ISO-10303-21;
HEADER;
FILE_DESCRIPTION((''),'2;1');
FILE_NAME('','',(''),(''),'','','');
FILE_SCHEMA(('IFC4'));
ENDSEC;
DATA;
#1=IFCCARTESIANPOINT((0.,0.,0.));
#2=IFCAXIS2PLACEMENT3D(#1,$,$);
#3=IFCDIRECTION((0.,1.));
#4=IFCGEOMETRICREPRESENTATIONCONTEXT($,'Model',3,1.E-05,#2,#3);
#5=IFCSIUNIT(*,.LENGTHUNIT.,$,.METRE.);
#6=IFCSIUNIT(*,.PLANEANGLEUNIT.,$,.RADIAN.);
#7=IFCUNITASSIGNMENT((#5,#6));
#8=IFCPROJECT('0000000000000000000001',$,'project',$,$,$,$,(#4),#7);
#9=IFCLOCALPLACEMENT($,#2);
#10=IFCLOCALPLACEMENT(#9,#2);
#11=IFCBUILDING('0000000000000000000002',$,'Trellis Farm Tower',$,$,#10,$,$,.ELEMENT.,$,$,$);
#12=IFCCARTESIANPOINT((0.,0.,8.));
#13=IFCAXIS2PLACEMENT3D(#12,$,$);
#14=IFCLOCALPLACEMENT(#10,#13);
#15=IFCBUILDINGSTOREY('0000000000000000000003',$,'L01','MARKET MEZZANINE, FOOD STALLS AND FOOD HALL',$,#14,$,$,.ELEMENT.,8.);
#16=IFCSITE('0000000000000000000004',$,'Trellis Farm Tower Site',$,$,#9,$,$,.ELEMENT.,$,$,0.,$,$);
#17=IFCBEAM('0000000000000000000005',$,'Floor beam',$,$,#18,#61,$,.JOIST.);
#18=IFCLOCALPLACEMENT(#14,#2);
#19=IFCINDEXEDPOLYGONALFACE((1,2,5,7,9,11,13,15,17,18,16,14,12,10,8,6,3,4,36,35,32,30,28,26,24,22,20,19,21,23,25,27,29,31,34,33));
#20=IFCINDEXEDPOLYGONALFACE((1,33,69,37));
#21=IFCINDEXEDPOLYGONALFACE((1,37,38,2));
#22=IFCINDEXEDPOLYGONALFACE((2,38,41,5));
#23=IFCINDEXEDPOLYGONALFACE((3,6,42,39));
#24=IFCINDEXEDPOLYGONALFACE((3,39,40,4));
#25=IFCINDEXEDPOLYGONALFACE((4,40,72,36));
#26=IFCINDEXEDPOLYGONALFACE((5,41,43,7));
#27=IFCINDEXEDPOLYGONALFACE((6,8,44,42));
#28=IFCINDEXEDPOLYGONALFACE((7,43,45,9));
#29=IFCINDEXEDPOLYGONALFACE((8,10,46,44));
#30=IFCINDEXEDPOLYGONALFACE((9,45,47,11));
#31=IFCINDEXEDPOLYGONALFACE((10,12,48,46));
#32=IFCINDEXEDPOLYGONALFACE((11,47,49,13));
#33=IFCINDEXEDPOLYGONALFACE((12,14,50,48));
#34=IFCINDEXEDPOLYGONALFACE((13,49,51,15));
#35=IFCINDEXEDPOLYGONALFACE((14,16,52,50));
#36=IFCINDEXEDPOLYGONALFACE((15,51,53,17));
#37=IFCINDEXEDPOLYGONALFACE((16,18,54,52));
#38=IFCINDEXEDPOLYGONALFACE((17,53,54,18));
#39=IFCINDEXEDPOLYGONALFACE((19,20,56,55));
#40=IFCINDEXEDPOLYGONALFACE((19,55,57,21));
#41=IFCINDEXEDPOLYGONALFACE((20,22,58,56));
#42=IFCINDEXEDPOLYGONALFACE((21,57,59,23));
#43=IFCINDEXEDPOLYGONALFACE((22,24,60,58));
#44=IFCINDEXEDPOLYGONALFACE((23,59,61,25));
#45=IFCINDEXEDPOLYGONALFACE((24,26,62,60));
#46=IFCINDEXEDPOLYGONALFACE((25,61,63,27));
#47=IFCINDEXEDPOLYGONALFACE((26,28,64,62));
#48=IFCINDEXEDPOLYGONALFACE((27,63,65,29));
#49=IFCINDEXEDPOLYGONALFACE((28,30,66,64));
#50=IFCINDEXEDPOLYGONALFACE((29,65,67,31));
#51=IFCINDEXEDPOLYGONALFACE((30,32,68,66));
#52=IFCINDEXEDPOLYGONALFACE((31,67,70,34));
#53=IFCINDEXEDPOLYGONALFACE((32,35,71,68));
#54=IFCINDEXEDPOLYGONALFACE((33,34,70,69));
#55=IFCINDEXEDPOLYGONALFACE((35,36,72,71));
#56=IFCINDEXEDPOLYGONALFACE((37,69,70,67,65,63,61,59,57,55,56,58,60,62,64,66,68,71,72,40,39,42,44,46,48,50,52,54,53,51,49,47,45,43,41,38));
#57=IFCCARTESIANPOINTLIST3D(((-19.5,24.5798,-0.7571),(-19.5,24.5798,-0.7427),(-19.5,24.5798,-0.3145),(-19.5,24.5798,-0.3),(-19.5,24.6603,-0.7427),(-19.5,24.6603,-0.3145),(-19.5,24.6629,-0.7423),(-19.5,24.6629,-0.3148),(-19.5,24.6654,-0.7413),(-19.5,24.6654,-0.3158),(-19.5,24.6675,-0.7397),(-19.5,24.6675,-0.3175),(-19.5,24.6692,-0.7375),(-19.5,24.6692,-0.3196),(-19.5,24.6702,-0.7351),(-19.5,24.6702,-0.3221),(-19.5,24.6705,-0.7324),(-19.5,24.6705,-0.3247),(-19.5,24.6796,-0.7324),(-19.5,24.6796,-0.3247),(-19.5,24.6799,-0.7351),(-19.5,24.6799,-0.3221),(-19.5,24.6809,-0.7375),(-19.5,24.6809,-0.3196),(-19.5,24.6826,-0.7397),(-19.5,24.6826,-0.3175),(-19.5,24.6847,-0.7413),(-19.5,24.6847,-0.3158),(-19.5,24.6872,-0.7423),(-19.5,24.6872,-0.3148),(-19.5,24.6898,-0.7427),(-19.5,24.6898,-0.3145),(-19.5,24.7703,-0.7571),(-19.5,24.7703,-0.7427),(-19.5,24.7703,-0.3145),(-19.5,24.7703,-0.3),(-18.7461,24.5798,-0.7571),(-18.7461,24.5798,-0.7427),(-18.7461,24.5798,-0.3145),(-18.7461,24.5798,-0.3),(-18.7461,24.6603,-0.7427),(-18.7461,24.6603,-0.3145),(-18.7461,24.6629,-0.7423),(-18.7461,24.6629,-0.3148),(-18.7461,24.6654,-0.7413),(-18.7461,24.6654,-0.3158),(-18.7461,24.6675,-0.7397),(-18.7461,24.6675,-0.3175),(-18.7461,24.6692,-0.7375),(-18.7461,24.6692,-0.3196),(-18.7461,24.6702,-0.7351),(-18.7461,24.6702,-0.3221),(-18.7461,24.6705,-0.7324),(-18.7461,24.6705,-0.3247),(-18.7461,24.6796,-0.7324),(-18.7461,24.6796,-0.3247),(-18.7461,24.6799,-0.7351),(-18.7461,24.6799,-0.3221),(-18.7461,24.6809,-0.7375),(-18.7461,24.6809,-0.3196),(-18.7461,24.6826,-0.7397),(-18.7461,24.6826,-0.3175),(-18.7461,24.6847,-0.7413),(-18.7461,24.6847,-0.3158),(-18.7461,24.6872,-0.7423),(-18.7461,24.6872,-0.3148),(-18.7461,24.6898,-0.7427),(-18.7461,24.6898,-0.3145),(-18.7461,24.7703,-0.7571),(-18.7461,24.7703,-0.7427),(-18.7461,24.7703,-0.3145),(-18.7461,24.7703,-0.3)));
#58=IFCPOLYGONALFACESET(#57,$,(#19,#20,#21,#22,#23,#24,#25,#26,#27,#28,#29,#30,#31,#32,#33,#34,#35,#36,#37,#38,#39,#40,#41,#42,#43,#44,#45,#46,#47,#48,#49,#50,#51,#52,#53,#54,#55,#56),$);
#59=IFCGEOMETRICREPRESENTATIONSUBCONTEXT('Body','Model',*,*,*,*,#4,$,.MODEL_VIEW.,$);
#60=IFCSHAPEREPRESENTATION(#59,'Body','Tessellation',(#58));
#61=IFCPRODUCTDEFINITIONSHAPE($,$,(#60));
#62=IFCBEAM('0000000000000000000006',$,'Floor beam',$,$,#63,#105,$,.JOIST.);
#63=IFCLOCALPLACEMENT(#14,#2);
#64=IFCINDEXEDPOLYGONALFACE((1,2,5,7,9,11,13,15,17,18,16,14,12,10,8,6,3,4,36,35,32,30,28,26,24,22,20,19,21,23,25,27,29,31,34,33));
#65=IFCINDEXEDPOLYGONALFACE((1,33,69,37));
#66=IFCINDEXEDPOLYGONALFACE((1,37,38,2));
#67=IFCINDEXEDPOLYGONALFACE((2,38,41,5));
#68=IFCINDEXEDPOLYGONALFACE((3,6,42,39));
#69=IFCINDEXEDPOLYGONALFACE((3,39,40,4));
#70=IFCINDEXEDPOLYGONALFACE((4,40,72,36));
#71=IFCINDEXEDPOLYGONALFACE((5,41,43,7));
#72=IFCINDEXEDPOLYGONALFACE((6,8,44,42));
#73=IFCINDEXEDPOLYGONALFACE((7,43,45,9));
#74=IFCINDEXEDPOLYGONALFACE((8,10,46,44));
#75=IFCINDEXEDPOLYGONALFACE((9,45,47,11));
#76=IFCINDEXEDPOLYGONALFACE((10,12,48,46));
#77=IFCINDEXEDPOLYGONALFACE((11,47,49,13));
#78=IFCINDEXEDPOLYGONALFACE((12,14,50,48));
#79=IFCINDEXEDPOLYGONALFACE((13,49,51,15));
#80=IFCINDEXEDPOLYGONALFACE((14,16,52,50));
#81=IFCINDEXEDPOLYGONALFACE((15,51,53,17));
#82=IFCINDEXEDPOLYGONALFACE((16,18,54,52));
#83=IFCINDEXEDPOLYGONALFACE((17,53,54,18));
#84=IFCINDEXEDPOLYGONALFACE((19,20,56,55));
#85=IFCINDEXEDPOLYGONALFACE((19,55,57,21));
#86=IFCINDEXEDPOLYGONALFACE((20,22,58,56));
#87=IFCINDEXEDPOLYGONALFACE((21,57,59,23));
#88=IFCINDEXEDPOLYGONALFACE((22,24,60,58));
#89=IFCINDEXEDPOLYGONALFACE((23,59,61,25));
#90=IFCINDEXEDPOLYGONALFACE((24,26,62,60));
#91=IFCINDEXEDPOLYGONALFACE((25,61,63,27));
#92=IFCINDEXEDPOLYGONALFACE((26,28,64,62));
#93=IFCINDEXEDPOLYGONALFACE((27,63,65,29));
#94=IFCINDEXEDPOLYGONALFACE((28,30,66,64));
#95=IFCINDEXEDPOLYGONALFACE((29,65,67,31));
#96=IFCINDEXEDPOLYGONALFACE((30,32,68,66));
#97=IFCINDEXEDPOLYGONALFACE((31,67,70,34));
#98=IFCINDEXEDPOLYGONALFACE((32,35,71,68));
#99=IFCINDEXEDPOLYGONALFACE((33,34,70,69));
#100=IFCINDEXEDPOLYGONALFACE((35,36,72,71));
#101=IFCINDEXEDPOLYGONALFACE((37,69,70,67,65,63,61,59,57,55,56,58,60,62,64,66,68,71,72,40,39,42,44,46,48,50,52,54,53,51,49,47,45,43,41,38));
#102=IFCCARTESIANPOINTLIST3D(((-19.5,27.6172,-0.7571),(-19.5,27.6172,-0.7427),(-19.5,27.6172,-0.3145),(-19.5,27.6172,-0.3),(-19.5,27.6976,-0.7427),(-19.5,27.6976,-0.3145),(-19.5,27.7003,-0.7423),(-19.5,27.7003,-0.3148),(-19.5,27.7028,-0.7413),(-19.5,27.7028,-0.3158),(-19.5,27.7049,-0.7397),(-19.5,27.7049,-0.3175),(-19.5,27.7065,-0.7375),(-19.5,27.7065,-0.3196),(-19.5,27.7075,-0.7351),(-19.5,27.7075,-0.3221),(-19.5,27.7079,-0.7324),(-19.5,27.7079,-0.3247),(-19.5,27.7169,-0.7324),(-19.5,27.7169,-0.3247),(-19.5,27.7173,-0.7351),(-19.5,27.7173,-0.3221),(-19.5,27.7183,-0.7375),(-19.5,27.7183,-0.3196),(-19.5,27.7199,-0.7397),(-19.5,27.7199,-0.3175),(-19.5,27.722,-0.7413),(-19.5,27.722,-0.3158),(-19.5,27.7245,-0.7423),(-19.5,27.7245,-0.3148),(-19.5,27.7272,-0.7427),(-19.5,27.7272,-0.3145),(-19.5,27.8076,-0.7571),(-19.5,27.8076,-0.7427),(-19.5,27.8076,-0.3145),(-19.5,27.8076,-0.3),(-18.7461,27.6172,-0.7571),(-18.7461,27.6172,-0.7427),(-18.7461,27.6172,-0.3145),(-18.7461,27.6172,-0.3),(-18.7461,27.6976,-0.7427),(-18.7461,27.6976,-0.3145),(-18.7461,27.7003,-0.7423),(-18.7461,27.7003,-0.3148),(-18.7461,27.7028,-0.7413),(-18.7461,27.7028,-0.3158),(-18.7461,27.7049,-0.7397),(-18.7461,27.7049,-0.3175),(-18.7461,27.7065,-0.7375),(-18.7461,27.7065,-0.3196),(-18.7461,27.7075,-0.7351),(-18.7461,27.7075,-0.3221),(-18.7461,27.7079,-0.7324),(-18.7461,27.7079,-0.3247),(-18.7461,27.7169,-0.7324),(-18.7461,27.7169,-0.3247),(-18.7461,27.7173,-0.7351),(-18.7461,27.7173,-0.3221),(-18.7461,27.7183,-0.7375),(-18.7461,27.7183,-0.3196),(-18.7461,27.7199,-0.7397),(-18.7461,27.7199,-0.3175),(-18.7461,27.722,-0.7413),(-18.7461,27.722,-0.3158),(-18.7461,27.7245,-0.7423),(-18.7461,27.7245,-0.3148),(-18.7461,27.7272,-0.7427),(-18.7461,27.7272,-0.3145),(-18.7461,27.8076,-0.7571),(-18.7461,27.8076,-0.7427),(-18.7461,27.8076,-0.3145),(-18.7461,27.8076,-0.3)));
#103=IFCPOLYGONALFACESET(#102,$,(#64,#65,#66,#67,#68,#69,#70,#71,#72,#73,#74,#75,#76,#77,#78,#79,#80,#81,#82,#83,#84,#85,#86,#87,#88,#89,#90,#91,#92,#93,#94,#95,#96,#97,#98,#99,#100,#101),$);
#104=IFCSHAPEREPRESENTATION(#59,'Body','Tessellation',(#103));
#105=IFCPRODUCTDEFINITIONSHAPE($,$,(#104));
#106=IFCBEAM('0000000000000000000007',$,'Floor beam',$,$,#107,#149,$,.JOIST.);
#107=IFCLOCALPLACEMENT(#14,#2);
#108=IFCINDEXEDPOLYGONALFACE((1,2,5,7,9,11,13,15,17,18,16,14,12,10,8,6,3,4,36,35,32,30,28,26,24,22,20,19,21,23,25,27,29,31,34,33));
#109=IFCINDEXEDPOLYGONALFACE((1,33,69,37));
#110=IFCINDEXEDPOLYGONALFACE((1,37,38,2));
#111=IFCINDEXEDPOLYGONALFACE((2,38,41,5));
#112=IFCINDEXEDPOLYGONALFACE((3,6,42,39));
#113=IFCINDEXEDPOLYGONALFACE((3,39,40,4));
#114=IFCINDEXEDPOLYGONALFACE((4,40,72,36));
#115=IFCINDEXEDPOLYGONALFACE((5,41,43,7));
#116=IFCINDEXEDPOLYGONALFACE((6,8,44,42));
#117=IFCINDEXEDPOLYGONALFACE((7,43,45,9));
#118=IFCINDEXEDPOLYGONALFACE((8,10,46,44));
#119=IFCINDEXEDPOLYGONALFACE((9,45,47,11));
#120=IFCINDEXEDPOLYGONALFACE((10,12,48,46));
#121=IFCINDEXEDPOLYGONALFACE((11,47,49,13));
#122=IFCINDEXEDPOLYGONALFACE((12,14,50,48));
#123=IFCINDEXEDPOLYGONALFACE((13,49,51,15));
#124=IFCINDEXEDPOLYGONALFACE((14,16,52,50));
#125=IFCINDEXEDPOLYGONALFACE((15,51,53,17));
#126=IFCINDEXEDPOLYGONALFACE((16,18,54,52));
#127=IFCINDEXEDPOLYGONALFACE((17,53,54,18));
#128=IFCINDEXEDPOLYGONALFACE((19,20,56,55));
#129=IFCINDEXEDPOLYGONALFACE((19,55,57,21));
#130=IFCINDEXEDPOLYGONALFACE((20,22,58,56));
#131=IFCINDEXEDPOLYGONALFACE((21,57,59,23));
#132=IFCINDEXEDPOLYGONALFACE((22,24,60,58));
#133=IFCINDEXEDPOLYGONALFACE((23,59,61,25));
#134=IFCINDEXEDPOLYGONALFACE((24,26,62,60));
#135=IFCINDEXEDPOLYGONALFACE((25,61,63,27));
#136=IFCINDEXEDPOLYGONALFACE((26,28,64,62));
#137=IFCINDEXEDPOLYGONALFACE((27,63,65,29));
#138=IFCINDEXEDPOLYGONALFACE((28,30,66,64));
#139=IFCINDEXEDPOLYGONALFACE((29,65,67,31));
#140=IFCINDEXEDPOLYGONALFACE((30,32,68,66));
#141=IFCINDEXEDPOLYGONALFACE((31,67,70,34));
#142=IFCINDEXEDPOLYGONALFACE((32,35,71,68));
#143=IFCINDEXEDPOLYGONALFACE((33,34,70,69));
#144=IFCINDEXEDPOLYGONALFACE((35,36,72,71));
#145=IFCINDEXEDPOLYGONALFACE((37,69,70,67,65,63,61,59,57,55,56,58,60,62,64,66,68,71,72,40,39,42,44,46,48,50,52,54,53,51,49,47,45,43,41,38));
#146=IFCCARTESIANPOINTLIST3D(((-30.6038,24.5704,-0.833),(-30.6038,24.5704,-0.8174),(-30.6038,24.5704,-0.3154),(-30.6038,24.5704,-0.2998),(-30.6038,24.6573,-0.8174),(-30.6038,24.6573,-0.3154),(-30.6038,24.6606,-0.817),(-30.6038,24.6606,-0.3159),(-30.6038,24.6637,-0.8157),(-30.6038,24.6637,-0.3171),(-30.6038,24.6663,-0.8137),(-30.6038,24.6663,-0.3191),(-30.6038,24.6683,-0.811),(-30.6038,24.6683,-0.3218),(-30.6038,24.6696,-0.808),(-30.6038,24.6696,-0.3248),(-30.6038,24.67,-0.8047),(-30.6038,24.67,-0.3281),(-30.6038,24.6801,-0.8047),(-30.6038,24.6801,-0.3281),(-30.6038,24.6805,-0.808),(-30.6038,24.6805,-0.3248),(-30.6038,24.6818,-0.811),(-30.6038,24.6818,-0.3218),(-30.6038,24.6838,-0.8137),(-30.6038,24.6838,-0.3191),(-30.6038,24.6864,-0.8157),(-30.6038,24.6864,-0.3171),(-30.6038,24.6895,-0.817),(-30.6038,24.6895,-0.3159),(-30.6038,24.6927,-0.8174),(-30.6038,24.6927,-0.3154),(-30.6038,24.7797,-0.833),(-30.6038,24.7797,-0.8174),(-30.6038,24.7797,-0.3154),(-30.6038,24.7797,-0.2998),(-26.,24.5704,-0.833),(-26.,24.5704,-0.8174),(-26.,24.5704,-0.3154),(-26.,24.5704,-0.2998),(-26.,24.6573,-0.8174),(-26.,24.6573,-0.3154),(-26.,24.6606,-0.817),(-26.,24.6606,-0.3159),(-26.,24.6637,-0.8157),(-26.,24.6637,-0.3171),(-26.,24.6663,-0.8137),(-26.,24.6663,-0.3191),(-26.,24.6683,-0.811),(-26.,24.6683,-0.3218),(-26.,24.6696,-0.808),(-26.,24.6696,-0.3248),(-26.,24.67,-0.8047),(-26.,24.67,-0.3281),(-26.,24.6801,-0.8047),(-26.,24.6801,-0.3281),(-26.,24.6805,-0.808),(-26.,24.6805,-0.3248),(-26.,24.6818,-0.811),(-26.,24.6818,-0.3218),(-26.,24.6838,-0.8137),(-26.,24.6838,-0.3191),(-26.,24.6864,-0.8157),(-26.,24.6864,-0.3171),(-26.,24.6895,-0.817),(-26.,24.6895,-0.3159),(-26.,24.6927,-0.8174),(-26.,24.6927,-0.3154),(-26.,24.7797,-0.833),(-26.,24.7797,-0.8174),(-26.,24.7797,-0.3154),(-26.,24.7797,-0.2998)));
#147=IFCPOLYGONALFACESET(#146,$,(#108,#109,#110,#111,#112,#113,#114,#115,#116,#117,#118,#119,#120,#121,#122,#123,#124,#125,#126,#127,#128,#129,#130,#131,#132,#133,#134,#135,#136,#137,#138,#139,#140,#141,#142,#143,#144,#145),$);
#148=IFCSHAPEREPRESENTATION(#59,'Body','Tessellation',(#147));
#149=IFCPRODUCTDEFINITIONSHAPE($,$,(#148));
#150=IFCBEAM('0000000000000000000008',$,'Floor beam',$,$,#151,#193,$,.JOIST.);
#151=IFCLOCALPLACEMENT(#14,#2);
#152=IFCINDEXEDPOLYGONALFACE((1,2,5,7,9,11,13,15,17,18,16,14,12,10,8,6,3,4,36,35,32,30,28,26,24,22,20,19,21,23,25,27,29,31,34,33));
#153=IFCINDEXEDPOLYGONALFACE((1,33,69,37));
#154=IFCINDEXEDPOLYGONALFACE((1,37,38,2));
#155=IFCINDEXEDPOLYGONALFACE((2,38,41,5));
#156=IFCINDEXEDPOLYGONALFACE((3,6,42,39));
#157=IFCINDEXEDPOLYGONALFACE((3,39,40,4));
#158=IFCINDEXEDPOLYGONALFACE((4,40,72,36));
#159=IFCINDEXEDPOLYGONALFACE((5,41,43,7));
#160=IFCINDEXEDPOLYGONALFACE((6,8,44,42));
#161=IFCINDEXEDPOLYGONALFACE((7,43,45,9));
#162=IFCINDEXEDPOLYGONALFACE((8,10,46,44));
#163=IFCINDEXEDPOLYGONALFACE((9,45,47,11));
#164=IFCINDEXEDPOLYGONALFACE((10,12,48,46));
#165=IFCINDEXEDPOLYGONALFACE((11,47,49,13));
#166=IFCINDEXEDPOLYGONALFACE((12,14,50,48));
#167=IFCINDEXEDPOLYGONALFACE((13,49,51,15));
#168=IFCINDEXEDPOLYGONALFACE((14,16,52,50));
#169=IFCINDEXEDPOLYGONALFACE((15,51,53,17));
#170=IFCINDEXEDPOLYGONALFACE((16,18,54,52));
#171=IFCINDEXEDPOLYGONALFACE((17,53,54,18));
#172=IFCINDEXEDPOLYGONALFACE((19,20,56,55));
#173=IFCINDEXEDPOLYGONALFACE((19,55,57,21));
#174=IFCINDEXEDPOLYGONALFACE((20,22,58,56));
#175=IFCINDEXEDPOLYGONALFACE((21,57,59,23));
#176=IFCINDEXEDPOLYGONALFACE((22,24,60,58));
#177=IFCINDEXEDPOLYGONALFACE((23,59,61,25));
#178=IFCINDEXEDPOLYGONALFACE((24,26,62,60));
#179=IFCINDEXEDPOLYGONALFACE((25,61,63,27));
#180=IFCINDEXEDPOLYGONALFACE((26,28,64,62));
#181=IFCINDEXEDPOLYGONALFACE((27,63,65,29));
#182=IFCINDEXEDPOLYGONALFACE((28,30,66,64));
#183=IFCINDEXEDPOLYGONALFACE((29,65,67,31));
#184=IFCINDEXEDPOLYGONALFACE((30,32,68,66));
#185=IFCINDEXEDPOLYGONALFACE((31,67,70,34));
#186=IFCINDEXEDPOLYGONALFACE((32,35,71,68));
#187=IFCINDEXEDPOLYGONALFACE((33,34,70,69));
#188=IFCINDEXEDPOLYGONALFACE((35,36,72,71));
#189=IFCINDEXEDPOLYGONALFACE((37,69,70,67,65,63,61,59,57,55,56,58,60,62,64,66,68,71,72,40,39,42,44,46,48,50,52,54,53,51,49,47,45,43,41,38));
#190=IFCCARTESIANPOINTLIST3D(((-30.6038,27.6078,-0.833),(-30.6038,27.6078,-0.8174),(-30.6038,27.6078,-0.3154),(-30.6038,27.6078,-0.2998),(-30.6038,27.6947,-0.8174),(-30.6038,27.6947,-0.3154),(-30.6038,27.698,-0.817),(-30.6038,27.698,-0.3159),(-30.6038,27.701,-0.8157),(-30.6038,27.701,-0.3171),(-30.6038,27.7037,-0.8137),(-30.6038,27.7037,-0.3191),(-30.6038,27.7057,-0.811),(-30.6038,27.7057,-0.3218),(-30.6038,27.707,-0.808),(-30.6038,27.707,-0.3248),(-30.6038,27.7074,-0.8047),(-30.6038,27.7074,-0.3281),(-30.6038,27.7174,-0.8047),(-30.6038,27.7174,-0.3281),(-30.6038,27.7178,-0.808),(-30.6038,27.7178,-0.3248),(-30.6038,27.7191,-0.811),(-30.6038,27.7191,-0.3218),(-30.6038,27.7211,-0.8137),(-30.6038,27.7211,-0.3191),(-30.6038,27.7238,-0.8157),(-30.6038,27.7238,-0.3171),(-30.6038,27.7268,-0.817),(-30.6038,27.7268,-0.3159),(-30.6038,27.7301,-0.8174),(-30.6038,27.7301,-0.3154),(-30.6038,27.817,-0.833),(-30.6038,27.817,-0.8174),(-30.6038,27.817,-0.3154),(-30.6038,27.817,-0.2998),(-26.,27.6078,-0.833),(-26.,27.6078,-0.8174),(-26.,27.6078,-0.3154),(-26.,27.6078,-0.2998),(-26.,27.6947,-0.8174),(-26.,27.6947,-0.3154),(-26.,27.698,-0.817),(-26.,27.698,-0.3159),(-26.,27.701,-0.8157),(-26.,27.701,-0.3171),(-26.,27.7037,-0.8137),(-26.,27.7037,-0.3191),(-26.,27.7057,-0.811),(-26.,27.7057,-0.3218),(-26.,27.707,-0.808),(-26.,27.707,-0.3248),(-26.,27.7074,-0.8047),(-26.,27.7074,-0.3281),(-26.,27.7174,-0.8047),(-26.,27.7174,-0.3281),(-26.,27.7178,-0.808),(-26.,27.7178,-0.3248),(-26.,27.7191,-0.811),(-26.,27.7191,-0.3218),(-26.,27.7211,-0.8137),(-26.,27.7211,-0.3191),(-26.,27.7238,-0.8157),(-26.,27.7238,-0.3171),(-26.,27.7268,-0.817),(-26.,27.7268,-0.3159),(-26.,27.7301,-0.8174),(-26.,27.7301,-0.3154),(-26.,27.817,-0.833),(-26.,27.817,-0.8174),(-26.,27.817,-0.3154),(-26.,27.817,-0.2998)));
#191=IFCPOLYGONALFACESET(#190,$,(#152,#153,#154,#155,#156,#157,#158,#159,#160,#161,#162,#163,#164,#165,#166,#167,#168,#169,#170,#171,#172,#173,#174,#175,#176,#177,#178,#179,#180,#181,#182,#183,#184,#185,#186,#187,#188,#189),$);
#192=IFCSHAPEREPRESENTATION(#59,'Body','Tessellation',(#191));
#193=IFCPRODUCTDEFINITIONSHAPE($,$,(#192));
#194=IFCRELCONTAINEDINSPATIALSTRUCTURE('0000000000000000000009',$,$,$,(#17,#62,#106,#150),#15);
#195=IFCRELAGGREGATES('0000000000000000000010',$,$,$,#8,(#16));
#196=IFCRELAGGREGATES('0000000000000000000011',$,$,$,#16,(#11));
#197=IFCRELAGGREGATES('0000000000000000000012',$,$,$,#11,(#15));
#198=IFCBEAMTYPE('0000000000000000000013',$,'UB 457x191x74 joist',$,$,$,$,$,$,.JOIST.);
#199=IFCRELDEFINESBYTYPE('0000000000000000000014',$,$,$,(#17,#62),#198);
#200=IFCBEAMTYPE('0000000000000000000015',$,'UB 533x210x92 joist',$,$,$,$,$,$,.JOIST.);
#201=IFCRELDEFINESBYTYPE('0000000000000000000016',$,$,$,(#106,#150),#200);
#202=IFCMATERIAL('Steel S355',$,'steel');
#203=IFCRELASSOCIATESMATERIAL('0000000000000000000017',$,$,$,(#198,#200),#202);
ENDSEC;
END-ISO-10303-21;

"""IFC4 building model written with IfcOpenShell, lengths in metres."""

from ifc_helpers import new_model, si_unit, direction, frame, origin, origin_2d, place, context, subcontext, project, spatial, i_section, extrude, source, transform, mapped, material, material_profile, profile_set, type_object, element, save


model = new_model("IFC4")

# Units and contexts
model_context = context("Model", 3, precision=1e-05, world=origin(), true_north=direction((0.0, 1.0)))
body_context = subcontext(model_context, "Body", "Model", "MODEL_VIEW")
ifc_project = project(units=[si_unit("LENGTHUNIT", "METRE"), si_unit("PLANEANGLEUNIT", "RADIAN")], contexts=[model_context])

# Site, building, storey
site_placement = place(None, origin())
site = spatial("IfcSite", under=ifc_project, at=site_placement, Name="Trellis Farm Tower Site", CompositionType="ELEMENT", RefElevation=0.0)
building_placement = place(site_placement, origin())
building = spatial("IfcBuilding", under=site, at=building_placement, Name="Trellis Farm Tower", CompositionType="ELEMENT")
storey_placement = place(building_placement, frame((0.0, 0.0, 8.0)))
storey = spatial("IfcBuildingStorey", under=building, at=storey_placement, Name="L01", Description="MARKET MEZZANINE, FOOD STALLS AND FOOD HALL", CompositionType="ELEMENT", Elevation=8.0)

# Beams
ifc_material_1 = material(Name="Steel S355", Category="steel")
ifc_material_profile_1 = material_profile(ifc_material_1, i_section(OverallWidth=0.1904, OverallDepth=0.457, WebThickness=0.009, FlangeThickness=0.0144, FilletRadius=0.0103, at=origin_2d()), Name="UB 457x191x74")
ifc_profile_set_1 = profile_set([ifc_material_profile_1], Name="Steel S355")
beam_type_1 = type_object("IfcBeamType", Name="UB 457x191x74 joist", PredefinedType="JOIST", material=ifc_profile_set_1)
shared_shape_1 = source(origin(), body_context, "Body", "SweptSolid", [
    extrude(i_section(OverallWidth=0.1904, OverallDepth=0.457, WebThickness=0.009, FlangeThickness=0.0144, FilletRadius=0.0103, at=origin_2d()), origin(), (0.0, 0.0, 1.0), 0.7539),
])
for number, where, z_axis, x_axis, name in (
    (1, (-19.5, 24.675, -0.5286), (1.0, 0.0, 0.0), (0.0, 1.0, 0.0), "Floor beam"),
    (2, (-19.5, 27.7124, -0.5286), (1.0, 0.0, 0.0), (0.0, 1.0, 0.0), "Floor beam"),
):
    element("IfcBeam", number, at=place(storey_placement, frame(where, z_axis=z_axis, x_axis=x_axis)), inside=storey, type_object=beam_type_1, Name=name, PredefinedType="JOIST", context=body_context, shape_type="MappedRepresentation", body=[
        mapped(shared_shape_1, transform((0.0, 0.0, 0.0))),
    ])
ifc_material_profile_2 = material_profile(ifc_material_1, i_section(OverallWidth=0.2092, OverallDepth=0.5332, WebThickness=0.01, FlangeThickness=0.0156, FilletRadius=0.0127, at=origin_2d()), Name="UB 533x210x92")
ifc_profile_set_2 = profile_set([ifc_material_profile_2], Name="Steel S355")
beam_type_2 = type_object("IfcBeamType", Name="UB 533x210x92 joist", PredefinedType="JOIST", material=ifc_profile_set_2)
shared_shape_2 = source(origin(), body_context, "Body", "SweptSolid", [
    extrude(i_section(OverallWidth=0.2092, OverallDepth=0.5332, WebThickness=0.01, FlangeThickness=0.0156, FilletRadius=0.0127, at=origin_2d()), origin(), (0.0, 0.0, 1.0), 4.6038),
])
for number, where, z_axis, x_axis, name in (
    (3, (-30.6038, 24.675, -0.5664), (1.0, 0.0, 0.0), (0.0, 1.0, 0.0), "Floor beam"),
    (4, (-30.6038, 27.7124, -0.5664), (1.0, 0.0, 0.0), (0.0, 1.0, 0.0), "Floor beam"),
):
    element("IfcBeam", number, at=place(storey_placement, frame(where, z_axis=z_axis, x_axis=x_axis)), inside=storey, type_object=beam_type_2, Name=name, PredefinedType="JOIST", context=body_context, shape_type="MappedRepresentation", body=[
        mapped(shared_shape_2, transform((0.0, 0.0, 0.0))),
    ])

save(model, "model.ifc")
